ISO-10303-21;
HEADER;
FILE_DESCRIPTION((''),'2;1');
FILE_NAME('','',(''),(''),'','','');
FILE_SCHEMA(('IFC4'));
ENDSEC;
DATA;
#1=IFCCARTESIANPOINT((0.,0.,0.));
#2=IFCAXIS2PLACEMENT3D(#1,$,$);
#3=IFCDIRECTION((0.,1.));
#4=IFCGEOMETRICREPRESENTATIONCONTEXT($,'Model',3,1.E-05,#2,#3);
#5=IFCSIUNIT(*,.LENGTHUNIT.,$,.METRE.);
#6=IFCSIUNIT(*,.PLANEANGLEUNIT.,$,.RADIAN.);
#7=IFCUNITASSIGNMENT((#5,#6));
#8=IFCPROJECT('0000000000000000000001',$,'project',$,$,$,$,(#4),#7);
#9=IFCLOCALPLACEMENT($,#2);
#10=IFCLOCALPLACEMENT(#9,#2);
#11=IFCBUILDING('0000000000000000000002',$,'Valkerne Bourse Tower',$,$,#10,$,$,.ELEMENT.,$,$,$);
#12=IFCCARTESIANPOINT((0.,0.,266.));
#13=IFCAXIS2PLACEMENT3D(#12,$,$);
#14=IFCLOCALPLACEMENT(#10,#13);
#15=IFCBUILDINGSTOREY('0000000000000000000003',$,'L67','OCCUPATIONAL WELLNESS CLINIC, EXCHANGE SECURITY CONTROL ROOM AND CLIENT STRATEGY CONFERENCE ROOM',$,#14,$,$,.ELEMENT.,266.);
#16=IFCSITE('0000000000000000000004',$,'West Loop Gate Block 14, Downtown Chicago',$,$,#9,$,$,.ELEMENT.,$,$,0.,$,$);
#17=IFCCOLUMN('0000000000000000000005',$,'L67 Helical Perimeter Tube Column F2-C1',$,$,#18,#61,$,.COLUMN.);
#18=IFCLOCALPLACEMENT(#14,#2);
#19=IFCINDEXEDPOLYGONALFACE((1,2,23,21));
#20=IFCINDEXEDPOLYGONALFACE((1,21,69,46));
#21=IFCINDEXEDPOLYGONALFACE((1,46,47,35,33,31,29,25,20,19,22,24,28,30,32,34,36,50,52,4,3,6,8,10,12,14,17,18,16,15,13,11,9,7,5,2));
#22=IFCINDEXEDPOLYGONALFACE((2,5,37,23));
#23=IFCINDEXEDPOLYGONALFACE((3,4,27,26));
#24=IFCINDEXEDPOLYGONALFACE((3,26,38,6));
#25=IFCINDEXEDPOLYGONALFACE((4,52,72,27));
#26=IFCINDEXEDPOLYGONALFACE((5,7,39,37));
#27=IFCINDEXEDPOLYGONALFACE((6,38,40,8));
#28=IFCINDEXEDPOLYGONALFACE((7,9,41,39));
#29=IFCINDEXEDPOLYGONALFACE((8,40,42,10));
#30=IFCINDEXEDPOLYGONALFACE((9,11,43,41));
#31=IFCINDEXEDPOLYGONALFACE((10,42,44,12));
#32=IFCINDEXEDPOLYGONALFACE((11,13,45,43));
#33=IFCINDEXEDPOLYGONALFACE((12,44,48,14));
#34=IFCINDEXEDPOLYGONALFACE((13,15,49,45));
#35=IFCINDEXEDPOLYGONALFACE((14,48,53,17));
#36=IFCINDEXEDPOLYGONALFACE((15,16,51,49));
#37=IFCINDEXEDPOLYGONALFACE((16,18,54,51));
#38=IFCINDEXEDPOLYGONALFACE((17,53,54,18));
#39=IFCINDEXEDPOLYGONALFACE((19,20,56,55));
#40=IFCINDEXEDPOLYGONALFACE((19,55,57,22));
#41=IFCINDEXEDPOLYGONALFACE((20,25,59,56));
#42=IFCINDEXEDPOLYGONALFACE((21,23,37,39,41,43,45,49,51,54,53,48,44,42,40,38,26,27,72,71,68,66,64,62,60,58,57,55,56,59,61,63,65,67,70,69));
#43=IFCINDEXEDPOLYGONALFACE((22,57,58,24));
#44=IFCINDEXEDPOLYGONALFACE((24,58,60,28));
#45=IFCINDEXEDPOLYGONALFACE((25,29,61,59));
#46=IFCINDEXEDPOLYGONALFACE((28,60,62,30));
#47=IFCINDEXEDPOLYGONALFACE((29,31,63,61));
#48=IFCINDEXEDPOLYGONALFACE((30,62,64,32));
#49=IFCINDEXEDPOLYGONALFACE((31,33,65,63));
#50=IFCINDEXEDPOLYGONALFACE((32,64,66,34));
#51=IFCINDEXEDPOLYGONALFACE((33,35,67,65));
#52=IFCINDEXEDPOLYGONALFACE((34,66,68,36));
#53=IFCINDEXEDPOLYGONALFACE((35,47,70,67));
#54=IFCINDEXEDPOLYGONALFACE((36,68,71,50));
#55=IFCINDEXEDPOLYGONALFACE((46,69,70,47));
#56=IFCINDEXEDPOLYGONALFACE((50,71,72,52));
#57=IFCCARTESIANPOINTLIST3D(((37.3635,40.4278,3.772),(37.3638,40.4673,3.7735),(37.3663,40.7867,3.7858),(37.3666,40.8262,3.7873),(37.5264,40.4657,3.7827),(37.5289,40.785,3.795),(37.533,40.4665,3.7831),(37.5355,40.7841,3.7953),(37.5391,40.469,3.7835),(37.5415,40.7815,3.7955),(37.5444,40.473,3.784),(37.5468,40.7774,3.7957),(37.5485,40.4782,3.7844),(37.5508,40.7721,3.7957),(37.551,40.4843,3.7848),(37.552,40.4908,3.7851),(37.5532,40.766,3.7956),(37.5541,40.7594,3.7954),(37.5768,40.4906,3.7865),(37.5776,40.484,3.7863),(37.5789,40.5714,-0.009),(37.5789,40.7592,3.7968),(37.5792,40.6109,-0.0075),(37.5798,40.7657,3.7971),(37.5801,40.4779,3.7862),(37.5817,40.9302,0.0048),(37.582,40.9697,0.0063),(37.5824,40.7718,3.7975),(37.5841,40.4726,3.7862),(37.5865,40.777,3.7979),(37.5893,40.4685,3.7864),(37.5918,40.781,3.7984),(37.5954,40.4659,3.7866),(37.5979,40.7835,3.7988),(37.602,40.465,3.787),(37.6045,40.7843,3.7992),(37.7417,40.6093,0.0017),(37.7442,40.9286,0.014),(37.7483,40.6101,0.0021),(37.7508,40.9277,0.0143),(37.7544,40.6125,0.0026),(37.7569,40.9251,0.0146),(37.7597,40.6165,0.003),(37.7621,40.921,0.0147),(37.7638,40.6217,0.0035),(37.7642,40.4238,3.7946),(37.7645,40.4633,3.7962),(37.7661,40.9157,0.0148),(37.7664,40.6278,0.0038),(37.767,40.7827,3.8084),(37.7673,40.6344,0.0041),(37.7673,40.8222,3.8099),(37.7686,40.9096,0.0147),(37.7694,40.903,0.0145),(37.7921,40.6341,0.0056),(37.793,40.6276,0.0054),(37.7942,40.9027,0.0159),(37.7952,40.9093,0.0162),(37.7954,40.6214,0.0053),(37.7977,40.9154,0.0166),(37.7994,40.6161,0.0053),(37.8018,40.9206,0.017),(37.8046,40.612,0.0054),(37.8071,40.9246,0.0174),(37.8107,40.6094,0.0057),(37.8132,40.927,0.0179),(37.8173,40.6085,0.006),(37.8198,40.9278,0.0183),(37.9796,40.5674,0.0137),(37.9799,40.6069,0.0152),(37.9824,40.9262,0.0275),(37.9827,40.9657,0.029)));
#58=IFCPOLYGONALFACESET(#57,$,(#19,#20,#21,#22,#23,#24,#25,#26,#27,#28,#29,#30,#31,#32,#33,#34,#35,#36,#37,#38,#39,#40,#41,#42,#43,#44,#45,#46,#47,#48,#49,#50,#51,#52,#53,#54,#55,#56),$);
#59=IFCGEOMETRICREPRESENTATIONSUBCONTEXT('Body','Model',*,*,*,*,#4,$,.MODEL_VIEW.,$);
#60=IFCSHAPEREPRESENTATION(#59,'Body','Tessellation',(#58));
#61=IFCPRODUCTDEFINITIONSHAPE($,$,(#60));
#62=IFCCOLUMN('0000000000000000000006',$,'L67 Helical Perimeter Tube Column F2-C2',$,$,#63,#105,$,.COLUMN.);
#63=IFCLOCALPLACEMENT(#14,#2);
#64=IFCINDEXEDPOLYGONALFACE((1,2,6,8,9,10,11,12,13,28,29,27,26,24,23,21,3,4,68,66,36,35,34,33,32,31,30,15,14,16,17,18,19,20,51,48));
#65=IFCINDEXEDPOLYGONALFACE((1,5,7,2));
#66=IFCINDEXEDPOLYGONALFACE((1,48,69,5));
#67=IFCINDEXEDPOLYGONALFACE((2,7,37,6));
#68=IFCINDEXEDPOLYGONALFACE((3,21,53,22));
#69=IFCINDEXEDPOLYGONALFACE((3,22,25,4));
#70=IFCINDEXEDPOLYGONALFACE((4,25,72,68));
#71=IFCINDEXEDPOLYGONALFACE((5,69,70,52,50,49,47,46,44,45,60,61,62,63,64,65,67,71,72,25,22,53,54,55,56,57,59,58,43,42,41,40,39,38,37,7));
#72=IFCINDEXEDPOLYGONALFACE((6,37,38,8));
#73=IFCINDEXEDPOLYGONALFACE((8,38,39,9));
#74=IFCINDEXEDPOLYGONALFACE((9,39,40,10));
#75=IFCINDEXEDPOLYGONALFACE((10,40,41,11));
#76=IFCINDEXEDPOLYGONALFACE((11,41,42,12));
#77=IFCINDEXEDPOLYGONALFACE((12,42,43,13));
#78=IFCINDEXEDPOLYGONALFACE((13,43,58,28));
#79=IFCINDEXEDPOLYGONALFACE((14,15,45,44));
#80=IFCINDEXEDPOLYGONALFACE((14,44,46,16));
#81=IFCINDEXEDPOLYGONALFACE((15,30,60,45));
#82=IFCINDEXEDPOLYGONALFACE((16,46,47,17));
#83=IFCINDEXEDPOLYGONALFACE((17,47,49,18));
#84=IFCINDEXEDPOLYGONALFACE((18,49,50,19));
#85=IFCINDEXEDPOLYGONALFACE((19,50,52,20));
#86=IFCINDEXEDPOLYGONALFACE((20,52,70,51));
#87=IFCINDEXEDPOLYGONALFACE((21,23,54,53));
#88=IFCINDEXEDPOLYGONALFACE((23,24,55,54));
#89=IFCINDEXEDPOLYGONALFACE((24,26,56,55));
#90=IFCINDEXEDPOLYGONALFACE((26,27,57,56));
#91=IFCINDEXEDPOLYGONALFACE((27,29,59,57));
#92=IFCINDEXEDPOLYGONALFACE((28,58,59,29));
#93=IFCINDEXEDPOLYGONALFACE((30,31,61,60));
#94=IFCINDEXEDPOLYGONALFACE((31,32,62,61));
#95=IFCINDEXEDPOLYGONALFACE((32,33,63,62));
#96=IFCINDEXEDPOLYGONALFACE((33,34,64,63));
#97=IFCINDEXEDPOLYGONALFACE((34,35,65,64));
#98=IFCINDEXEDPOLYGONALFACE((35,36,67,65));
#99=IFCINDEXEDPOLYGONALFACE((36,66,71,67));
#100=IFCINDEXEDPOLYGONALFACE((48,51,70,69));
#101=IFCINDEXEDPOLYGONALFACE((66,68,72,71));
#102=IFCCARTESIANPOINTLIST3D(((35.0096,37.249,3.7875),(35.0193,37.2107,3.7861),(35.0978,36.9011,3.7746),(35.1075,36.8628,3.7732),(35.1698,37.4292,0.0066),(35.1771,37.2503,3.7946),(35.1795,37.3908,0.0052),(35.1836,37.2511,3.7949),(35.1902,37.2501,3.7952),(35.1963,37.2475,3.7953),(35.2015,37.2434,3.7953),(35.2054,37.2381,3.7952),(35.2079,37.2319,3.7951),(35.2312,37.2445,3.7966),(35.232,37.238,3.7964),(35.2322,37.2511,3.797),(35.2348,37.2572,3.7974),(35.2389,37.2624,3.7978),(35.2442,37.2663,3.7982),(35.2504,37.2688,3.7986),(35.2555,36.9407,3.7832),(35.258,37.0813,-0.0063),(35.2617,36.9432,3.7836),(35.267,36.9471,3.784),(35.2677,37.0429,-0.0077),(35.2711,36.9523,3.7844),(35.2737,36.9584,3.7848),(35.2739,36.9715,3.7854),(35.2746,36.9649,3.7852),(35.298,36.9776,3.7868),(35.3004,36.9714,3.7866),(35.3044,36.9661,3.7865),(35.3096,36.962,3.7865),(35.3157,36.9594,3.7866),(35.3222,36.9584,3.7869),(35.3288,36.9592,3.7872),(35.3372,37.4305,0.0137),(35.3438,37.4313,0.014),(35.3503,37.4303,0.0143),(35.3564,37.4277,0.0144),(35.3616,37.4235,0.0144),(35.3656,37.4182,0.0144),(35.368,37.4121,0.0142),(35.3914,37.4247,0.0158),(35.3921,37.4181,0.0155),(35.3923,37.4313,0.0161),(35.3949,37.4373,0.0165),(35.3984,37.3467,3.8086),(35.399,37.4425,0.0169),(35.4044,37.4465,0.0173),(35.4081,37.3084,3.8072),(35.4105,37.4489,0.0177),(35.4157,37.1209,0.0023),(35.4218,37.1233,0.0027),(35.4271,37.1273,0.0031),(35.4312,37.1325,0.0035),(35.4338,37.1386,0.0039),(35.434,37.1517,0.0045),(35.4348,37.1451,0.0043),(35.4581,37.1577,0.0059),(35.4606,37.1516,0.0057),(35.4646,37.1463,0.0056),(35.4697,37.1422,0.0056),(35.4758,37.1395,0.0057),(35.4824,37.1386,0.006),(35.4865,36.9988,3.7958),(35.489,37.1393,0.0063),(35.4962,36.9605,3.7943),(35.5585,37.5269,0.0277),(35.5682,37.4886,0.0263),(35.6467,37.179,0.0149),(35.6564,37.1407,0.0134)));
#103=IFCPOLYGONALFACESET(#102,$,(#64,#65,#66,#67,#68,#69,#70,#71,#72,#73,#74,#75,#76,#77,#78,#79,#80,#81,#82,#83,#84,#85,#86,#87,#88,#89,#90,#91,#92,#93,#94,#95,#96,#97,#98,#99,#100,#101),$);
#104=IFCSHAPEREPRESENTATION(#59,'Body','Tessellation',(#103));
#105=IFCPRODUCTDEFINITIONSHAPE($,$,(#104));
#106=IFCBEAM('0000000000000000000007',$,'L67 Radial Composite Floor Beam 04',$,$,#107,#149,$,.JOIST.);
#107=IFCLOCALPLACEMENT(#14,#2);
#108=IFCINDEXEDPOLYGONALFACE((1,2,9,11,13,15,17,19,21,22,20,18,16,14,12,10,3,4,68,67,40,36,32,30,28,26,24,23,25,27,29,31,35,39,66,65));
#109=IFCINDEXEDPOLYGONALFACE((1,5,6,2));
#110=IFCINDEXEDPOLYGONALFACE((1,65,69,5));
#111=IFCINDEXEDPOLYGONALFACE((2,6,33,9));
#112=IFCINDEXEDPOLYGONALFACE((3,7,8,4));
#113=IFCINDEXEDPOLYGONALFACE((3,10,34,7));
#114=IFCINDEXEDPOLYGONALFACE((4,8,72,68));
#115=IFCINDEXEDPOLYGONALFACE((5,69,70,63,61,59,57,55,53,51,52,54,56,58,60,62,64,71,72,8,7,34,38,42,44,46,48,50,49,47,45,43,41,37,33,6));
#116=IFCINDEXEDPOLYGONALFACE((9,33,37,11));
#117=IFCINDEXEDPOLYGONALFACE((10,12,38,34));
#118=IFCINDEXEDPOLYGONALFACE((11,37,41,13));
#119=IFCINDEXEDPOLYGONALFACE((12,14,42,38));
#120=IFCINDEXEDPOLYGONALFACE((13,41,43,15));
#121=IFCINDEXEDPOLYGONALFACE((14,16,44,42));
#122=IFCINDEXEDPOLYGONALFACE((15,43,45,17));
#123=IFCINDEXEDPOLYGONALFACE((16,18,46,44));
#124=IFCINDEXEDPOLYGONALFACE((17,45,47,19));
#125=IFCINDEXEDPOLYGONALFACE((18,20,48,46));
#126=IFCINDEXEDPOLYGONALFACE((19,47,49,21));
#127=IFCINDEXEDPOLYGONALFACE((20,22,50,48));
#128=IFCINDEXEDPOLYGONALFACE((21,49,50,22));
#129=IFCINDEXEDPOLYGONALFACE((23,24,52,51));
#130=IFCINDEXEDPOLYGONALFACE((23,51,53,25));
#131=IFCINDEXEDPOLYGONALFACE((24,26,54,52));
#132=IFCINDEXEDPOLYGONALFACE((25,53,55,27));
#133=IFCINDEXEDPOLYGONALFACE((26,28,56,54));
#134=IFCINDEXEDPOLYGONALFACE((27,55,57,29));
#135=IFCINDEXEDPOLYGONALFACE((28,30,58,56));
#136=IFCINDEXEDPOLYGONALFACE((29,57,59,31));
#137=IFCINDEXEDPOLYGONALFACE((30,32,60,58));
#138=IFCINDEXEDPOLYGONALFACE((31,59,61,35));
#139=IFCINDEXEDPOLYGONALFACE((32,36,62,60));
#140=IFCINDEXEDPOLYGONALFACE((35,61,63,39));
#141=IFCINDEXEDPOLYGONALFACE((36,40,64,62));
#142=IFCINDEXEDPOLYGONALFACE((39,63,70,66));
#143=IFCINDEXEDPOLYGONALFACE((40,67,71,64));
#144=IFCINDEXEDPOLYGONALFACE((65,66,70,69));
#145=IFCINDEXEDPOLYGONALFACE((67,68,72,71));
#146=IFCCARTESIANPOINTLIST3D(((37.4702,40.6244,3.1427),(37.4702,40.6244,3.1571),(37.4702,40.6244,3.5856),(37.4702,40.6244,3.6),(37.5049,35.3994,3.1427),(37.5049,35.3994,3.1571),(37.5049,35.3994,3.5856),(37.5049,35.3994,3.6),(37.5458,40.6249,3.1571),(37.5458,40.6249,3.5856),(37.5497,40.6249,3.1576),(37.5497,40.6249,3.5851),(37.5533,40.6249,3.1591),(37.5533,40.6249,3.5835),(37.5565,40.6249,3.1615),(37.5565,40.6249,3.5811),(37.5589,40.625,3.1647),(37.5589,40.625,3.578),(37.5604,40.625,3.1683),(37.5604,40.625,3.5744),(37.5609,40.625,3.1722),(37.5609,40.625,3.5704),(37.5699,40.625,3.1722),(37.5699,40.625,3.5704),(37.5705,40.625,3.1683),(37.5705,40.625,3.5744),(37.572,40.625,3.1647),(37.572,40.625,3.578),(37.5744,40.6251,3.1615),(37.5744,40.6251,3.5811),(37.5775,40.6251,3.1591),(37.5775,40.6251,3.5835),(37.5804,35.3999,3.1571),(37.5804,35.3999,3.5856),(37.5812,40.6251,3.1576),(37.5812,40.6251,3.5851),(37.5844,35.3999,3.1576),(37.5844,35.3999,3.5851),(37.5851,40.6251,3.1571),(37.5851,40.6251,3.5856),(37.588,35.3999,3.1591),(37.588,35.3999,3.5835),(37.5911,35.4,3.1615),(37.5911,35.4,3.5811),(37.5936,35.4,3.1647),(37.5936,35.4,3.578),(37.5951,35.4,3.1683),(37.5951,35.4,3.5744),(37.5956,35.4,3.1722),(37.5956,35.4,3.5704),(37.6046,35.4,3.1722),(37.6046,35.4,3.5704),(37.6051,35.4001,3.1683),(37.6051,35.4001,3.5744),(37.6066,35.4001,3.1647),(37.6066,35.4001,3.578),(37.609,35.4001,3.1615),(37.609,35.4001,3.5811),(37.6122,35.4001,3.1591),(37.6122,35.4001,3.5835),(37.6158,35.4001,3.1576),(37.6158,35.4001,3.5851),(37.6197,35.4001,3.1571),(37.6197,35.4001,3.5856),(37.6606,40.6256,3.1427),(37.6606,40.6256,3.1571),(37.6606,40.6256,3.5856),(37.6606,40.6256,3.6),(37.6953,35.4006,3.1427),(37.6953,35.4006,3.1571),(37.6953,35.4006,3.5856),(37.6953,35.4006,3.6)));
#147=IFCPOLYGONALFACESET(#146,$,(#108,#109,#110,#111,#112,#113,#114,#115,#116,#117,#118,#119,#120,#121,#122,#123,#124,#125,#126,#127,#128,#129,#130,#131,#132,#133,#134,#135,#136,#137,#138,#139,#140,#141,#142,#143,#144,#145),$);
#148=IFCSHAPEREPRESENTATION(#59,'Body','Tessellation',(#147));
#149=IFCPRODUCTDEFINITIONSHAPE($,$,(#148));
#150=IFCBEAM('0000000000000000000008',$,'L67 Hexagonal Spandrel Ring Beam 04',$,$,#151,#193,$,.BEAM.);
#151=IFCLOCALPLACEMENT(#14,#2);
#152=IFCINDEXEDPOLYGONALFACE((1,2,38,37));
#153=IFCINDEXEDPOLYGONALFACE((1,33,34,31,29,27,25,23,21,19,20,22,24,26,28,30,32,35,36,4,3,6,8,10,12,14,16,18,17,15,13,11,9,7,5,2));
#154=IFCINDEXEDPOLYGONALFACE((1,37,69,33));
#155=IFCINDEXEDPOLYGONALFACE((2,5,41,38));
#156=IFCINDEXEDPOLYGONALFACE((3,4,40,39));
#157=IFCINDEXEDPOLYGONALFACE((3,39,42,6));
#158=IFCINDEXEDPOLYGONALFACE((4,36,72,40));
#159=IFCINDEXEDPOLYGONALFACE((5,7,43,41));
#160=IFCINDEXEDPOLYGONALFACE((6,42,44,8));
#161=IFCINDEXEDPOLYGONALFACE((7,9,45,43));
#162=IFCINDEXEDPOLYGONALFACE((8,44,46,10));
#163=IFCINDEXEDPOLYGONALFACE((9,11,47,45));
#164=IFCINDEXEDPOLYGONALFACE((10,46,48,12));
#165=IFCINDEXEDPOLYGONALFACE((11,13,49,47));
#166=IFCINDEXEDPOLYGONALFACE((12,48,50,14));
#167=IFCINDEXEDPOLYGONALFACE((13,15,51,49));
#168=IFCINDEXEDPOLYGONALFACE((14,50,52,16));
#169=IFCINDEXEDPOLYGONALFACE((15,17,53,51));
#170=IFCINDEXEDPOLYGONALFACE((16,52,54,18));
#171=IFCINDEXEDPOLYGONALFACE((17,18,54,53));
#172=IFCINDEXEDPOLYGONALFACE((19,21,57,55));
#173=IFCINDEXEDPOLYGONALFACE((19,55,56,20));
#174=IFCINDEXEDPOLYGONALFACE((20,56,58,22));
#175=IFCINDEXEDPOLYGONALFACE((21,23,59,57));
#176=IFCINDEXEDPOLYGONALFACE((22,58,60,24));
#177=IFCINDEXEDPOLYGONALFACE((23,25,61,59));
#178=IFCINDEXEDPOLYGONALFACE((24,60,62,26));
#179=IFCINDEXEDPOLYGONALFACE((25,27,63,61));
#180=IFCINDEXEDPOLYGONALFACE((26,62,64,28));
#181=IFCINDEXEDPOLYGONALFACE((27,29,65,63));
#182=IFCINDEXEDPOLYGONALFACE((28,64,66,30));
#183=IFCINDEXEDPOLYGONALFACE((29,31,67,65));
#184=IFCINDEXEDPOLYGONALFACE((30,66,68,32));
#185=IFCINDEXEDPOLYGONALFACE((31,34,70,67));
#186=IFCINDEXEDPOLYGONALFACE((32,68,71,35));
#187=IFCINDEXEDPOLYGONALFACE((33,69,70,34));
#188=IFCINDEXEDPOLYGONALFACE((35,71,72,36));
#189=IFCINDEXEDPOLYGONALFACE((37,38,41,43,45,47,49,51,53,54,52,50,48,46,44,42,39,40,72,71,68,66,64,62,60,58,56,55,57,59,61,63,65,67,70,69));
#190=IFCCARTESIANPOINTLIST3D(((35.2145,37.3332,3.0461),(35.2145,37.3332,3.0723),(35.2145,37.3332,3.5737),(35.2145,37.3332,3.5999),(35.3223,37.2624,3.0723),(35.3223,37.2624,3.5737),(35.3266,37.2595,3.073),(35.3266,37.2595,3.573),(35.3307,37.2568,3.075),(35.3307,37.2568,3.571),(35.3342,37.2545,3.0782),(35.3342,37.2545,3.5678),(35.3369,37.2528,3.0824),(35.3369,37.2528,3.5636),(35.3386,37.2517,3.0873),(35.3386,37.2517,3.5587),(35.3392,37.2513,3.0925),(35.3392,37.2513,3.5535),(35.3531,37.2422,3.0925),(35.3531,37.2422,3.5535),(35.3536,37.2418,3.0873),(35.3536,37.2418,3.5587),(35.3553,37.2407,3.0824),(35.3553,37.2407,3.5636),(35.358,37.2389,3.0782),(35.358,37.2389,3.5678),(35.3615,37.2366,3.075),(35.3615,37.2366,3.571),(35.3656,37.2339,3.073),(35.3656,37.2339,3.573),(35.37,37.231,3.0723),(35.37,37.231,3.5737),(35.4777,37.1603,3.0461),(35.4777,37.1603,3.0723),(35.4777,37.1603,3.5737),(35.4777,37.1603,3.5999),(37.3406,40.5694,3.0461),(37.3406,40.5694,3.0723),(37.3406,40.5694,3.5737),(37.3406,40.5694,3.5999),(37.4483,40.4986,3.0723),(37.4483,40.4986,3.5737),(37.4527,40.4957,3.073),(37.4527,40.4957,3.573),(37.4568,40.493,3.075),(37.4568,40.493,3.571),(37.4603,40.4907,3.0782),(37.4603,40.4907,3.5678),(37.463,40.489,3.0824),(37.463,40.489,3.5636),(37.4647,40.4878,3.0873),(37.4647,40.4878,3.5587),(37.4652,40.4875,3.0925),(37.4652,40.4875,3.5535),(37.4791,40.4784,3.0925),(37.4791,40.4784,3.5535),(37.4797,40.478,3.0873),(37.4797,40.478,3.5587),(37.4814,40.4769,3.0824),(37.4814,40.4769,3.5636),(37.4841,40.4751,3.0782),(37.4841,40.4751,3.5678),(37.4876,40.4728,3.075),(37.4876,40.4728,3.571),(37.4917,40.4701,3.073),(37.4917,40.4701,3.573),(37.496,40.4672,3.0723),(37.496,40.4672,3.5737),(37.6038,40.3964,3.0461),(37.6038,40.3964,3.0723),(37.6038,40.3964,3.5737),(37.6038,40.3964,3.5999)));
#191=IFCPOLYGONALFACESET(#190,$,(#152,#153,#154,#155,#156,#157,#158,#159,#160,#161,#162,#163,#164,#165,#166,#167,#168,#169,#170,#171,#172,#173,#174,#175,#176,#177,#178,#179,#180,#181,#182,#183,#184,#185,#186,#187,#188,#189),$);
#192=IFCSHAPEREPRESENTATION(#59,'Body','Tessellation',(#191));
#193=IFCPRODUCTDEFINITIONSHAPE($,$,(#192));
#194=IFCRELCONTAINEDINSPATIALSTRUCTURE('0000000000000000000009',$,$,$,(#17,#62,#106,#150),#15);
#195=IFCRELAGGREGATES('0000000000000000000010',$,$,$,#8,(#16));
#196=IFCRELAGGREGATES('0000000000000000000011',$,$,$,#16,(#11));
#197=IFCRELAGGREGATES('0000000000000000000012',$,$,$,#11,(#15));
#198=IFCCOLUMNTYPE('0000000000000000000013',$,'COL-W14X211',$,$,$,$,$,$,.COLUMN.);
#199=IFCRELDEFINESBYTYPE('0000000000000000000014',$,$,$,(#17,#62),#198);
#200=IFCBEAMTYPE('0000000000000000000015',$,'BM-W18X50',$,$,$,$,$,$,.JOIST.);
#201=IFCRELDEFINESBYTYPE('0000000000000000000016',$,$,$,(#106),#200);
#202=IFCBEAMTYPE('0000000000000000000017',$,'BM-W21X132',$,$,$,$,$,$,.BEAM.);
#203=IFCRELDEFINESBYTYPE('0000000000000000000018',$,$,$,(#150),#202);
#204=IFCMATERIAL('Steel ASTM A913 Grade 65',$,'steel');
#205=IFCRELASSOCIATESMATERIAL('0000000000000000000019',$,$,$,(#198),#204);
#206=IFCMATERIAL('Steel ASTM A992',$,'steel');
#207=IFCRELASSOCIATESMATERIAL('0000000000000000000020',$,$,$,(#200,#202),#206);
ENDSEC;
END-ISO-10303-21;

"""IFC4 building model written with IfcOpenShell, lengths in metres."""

from ifc_helpers import new_model, si_unit, direction, frame, origin, origin_2d, place, context, subcontext, project, spatial, i_section, extrude, material, material_profile, profile_set, type_object, element, save


model = new_model("IFC4")

# Units and contexts
model_context = context("Model", 3, precision=1e-05, world=origin(), true_north=direction((0.0, 1.0)))
body_context = subcontext(model_context, "Body", "Model", "MODEL_VIEW")
ifc_project = project(units=[si_unit("LENGTHUNIT", "METRE"), si_unit("PLANEANGLEUNIT", "RADIAN")], contexts=[model_context])

# Site, building, storey
site_placement = place(None, origin())
site = spatial("IfcSite", under=ifc_project, at=site_placement, Name="West Loop Gate Block 14, Downtown Chicago", CompositionType="ELEMENT", RefElevation=0.0)
building_placement = place(site_placement, origin())
building = spatial("IfcBuilding", under=site, at=building_placement, Name="Valkerne Bourse Tower", CompositionType="ELEMENT")
storey_placement = place(building_placement, frame((0.0, 0.0, 266.0)))
storey = spatial("IfcBuildingStorey", under=building, at=storey_placement, Name="L67", Description="OCCUPATIONAL WELLNESS CLINIC, EXCHANGE SECURITY CONTROL ROOM AND CLIENT STRATEGY CONFERENCE ROOM", CompositionType="ELEMENT", Elevation=266.0)

# Columns
ifc_material_1 = material(Name="Steel ASTM A913 Grade 65", Category="steel")
ifc_material_profile_1 = material_profile(ifc_material_1, i_section(OverallWidth=0.4014, OverallDepth=0.3987, WebThickness=0.0249, FlangeThickness=0.0396, FilletRadius=0.0254, at=origin_2d()), Name="W14X211")
ifc_profile_set_1 = profile_set([ifc_material_profile_1], Name="Steel ASTM A913 Grade 65")
column_type = type_object("IfcColumnType", Name="COL-W14X211", PredefinedType="COLUMN", material=ifc_profile_set_1)
column_1_placement = place(storey_placement, frame((37.7808, 40.7686, 0.01), z_axis=(-0.056818, -0.037879, 0.997666), x_axis=(-0.998354, 0.009971, -0.056479)))
element("IfcColumn", 1, at=column_1_placement, inside=storey, type_object=column_type, Name="L67 Helical Perimeter Tube Column F2-C1", PredefinedType="COLUMN", context=body_context, shape_type="SweptSolid", body=[
    extrude(i_section(OverallWidth=0.4014, OverallDepth=0.3987, WebThickness=0.0249, FlangeThickness=0.0396, FilletRadius=0.0254, at=origin_2d()), origin(), (0.0, 0.0, 1.0), 3.7898),
])
column_2_placement = place(storey_placement, frame((35.4131, 37.2849, 0.01), z_axis=(-0.042272, -0.047556, 0.997974), x_axis=(-0.968475, -0.243487, -0.052626)))
element("IfcColumn", 2, at=column_2_placement, inside=storey, type_object=column_type, Name="L67 Helical Perimeter Tube Column F2-C2", PredefinedType="COLUMN", context=body_context, shape_type="SweptSolid", body=[
    extrude(i_section(OverallWidth=0.4014, OverallDepth=0.3987, WebThickness=0.0249, FlangeThickness=0.0396, FilletRadius=0.0254, at=origin_2d()), origin(), (0.0, 0.0, 1.0), 3.7886),
])

# Beams
ifc_material_2 = material(Name="Steel ASTM A992", Category="steel")
ifc_material_profile_2 = material_profile(ifc_material_2, i_section(OverallWidth=0.1904, OverallDepth=0.4573, WebThickness=0.009, FlangeThickness=0.0144, FilletRadius=0.0151, at=origin_2d()), Name="W18X50")
ifc_profile_set_2 = profile_set([ifc_material_profile_2], Name="Steel ASTM A992")
beam_type_1 = type_object("IfcBeamType", Name="BM-W18X50", PredefinedType="JOIST", material=ifc_profile_set_2)
beam_1_placement = place(storey_placement, frame((37.5654, 40.625, 3.3713), z_axis=(0.006635, -0.999978, 0.0), x_axis=(0.999978, 0.006635, 0.0)))
element("IfcBeam", 3, at=beam_1_placement, inside=storey, type_object=beam_type_1, Name="L67 Radial Composite Floor Beam 04", PredefinedType="JOIST", context=body_context, shape_type="SweptSolid", body=[
    extrude(i_section(OverallWidth=0.1904, OverallDepth=0.4573, WebThickness=0.009, FlangeThickness=0.0144, FilletRadius=0.0151, at=origin_2d()), origin(), (0.0, 0.0, 1.0), 5.2251),
])
ifc_material_profile_3 = material_profile(ifc_material_2, i_section(OverallWidth=0.3149, OverallDepth=0.5537, WebThickness=0.0166, FlangeThickness=0.0261, FilletRadius=0.0203, at=origin_2d()), Name="W21X132")
ifc_profile_set_3 = profile_set([ifc_material_profile_3], Name="Steel ASTM A992")
beam_type_2 = type_object("IfcBeamType", Name="BM-W21X132", PredefinedType="BEAM", material=ifc_profile_set_3)
for number, where, z_axis, x_axis, name in (
    (4, (37.4722, 40.4829, 3.323), (-0.549071, -0.835776, 0.0), (0.835776, -0.549071, 0.0), "L67 Hexagonal Spandrel Ring Beam 04"),
):
    element("IfcBeam", number, at=place(storey_placement, frame(where, z_axis=z_axis, x_axis=x_axis)), inside=storey, type_object=beam_type_2, Name=name, PredefinedType="BEAM", context=body_context, shape_type="SweptSolid", body=[
        extrude(i_section(OverallWidth=0.3149, OverallDepth=0.5537, WebThickness=0.0166, FlangeThickness=0.0261, FilletRadius=0.0203, at=origin_2d()), origin(), (0.0, 0.0, 1.0), 3.8721),
    ])

save(model, "model.ifc")
